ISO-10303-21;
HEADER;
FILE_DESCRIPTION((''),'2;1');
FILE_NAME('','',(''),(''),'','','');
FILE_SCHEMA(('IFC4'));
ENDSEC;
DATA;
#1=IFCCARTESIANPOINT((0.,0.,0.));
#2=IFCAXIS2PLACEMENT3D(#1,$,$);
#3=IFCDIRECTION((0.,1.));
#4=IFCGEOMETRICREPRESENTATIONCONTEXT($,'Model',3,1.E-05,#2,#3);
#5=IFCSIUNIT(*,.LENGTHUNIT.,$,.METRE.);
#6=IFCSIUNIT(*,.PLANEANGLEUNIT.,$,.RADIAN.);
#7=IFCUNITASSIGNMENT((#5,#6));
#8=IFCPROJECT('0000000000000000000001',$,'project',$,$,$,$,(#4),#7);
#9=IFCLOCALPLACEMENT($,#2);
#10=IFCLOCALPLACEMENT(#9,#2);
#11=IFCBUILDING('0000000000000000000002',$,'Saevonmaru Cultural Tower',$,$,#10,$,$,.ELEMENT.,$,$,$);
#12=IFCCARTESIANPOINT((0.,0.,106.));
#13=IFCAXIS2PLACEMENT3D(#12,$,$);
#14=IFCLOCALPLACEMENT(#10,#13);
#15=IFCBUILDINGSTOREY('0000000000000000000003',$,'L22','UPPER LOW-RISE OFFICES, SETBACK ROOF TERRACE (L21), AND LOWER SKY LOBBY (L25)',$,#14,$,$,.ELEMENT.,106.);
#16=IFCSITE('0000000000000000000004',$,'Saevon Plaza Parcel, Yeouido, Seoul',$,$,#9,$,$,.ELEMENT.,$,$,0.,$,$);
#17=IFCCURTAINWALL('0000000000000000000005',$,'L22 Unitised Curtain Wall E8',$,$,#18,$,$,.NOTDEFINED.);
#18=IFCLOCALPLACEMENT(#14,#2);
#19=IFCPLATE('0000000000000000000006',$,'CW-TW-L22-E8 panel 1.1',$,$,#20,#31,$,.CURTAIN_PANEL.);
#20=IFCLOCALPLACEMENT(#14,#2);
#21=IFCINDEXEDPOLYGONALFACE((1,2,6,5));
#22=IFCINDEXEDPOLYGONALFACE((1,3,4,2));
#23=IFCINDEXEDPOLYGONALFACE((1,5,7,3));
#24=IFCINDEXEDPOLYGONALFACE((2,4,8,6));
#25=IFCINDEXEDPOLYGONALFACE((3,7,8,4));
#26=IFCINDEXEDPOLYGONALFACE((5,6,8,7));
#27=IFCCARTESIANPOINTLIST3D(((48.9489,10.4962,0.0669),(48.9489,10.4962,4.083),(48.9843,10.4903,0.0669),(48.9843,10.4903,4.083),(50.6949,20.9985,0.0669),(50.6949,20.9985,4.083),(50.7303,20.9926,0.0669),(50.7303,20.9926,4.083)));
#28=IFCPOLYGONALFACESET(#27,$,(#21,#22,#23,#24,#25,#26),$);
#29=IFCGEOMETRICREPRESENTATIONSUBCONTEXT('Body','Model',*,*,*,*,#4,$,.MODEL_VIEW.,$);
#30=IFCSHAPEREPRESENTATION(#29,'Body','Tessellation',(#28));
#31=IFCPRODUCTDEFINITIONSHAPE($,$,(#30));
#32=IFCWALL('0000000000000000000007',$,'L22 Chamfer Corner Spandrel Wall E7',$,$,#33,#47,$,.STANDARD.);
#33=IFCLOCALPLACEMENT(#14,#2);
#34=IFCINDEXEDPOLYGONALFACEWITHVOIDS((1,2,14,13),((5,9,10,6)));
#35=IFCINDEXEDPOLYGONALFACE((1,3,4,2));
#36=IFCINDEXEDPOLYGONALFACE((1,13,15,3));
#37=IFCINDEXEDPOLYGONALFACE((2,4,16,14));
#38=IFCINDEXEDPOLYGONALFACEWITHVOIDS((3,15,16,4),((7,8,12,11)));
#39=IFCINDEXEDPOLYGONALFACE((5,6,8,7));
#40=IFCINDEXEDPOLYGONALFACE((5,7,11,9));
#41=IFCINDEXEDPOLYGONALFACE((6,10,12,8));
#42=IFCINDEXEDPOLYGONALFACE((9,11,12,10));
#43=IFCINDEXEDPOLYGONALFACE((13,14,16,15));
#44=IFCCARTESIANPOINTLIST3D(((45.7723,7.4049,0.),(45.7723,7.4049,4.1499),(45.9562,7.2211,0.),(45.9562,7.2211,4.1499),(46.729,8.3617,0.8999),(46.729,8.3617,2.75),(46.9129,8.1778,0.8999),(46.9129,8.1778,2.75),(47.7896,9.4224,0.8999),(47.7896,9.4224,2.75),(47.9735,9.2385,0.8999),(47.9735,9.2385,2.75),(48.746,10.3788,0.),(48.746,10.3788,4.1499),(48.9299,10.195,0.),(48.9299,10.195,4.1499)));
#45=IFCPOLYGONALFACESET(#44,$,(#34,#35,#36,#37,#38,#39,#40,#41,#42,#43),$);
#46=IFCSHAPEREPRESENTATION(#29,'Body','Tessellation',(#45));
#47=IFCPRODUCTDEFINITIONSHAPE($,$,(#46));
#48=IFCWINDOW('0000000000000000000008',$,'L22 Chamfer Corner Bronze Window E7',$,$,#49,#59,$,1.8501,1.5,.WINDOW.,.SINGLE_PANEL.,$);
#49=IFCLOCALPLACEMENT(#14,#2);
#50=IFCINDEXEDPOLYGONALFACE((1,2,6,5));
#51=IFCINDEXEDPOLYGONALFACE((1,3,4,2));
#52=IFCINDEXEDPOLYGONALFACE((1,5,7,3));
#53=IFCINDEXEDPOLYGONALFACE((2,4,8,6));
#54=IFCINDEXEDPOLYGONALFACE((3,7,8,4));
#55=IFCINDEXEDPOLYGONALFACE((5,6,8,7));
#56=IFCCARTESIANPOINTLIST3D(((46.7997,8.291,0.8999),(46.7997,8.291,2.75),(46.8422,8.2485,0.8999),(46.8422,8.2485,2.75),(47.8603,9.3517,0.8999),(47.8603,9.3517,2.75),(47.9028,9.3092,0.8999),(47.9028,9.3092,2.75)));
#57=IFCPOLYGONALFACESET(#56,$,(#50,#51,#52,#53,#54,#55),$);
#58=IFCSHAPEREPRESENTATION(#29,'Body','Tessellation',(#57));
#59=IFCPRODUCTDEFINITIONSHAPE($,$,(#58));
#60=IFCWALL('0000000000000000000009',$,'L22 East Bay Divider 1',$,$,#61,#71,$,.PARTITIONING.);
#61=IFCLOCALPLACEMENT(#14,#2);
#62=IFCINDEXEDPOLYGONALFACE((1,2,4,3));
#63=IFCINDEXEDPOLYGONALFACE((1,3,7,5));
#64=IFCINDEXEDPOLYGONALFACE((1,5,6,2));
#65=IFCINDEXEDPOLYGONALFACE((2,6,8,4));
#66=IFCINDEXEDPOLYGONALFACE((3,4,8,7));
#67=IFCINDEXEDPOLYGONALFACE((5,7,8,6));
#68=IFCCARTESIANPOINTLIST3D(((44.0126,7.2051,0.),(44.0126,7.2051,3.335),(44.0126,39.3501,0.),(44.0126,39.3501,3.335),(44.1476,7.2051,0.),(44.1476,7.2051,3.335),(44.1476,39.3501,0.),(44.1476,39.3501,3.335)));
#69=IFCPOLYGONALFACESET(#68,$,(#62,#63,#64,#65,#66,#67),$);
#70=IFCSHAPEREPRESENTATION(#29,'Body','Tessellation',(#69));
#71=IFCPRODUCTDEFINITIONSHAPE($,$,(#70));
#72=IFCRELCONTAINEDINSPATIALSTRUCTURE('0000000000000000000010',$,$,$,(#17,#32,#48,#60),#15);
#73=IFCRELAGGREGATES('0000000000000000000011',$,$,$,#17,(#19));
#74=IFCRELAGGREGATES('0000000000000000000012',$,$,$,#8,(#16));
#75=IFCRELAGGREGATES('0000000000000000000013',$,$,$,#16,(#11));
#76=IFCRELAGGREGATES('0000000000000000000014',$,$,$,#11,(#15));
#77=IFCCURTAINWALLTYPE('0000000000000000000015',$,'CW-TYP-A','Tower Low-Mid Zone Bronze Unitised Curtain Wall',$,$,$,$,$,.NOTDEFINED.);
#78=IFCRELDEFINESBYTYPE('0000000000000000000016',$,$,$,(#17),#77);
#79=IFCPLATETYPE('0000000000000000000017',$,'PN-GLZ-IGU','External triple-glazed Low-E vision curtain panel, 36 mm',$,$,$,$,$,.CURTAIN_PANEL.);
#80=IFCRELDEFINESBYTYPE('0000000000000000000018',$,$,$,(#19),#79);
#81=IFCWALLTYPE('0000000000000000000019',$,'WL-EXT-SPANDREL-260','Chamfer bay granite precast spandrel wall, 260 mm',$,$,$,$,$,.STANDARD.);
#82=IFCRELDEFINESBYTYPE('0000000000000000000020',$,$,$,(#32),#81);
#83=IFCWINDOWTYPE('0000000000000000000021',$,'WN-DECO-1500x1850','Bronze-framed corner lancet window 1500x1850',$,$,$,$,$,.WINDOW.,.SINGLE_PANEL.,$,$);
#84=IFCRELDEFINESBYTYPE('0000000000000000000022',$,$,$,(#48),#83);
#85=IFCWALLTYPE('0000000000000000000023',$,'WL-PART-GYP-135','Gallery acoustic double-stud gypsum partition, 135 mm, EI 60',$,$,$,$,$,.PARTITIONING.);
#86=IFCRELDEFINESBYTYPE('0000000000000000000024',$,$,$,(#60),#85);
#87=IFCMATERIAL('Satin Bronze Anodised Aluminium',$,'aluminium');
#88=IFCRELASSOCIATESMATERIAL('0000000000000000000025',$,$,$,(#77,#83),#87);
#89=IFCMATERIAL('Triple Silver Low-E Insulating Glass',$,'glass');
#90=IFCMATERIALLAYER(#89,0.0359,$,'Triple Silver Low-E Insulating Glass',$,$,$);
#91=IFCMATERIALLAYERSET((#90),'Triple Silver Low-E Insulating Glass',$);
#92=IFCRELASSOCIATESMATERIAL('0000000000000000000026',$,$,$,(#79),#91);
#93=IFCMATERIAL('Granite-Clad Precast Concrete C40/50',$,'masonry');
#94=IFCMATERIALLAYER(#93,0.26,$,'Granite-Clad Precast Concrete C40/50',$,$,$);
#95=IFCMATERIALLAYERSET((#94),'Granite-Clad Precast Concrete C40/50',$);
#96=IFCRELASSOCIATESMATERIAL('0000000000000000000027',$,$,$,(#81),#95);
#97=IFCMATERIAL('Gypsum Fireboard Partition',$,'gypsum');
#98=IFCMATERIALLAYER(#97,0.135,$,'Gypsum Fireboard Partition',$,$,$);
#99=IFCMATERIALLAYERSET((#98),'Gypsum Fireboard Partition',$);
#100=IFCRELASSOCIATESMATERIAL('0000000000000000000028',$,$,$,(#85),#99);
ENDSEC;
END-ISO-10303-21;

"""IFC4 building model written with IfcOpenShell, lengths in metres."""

from ifc_helpers import new_model, si_unit, direction, frame, frame_2d, origin, origin_2d, place, context, subcontext, project, spatial, rectangle, extrude, material, layer, layer_set, type_object, element, fill, aggregate, save


model = new_model("IFC4")

# Units and contexts
model_context = context("Model", 3, precision=1e-05, world=origin(), true_north=direction((0.0, 1.0)))
body_context = subcontext(model_context, "Body", "Model", "MODEL_VIEW")
ifc_project = project(units=[si_unit("LENGTHUNIT", "METRE"), si_unit("PLANEANGLEUNIT", "RADIAN")], contexts=[model_context])

# Site, building, storey
site_placement = place(None, origin())
site = spatial("IfcSite", under=ifc_project, at=site_placement, Name="Saevon Plaza Parcel, Yeouido, Seoul", CompositionType="ELEMENT", RefElevation=0.0)
building_placement = place(site_placement, origin())
building = spatial("IfcBuilding", under=site, at=building_placement, Name="Saevonmaru Cultural Tower", CompositionType="ELEMENT")
storey_placement = place(building_placement, frame((0.0, 0.0, 106.0)))
storey = spatial("IfcBuildingStorey", under=building, at=storey_placement, Name="L22", Description="UPPER LOW-RISE OFFICES, SETBACK ROOF TERRACE (L21), AND LOWER SKY LOBBY (L25)", CompositionType="ELEMENT", Elevation=106.0)

# Shared definitions
ifc_material_1 = material(Name="Satin Bronze Anodised Aluminium", Category="aluminium")
curtain_wall_type = type_object("IfcCurtainWallType", Name="CW-TYP-A", Description="Tower Low-Mid Zone Bronze Unitised Curtain Wall", PredefinedType="NOTDEFINED", material=ifc_material_1)

# Curtain wall
curtain_wall_1_placement = place(storey_placement, origin())
curtain_wall_1 = element("IfcCurtainWall", 1, at=curtain_wall_1_placement, inside=storey, type_object=curtain_wall_type, Name="L22 Unitised Curtain Wall E8", PredefinedType="NOTDEFINED")

# Plate
ifc_material_2 = material(Name="Triple Silver Low-E Insulating Glass", Category="glass")
ifc_layer_1 = layer(ifc_material_2, 0.0359, Name="Triple Silver Low-E Insulating Glass")
ifc_layer_set_1 = layer_set([ifc_layer_1], Name="Triple Silver Low-E Insulating Glass")
plate_type = type_object("IfcPlateType", Name="PN-GLZ-IGU", Description="External triple-glazed Low-E vision curtain panel, 36 mm", PredefinedType="CURTAIN_PANEL", material=ifc_layer_set_1)
plate_1_placement = place(storey_placement, frame((49.8396, 15.7444, 0.0669), z_axis=(0.0, 0.0, 1.0), x_axis=(0.163999, 0.986461, 0.0)))
plate_1 = element("IfcPlate", 2, at=plate_1_placement, type_object=plate_type, Name="CW-TW-L22-E8 panel 1.1", PredefinedType="CURTAIN_PANEL", context=body_context, shape_type="SweptSolid", body=[
    extrude(rectangle(XDim=10.6465, YDim=0.0359, at=origin_2d()), origin(), (0.0, 0.0, 1.0), 4.0161),
])
aggregate(curtain_wall_1, [plate_1])

# Wall, opening, window
ifc_material_3 = material(Name="Granite-Clad Precast Concrete C40/50", Category="masonry")
ifc_layer_2 = layer(ifc_material_3, 0.26, Name="Granite-Clad Precast Concrete C40/50")
ifc_layer_set_2 = layer_set([ifc_layer_2], Name="Granite-Clad Precast Concrete C40/50")
wall_type_1 = type_object("IfcWallType", Name="WL-EXT-SPANDREL-260", Description="Chamfer bay granite precast spandrel wall, 260 mm", PredefinedType="STANDARD", material=ifc_layer_set_2)
wall_1_placement = place(storey_placement, frame((45.8643, 7.313, 0.0), z_axis=(0.0, 0.0, 1.0), x_axis=(0.707078, 0.707136, 0.0)))
wall_1 = element("IfcWall", 3, at=wall_1_placement, inside=storey, type_object=wall_type_1, Name="L22 Chamfer Corner Spandrel Wall E7", PredefinedType="STANDARD", context=body_context, shape_type="SweptSolid", body=[
    extrude(rectangle(XDim=4.2056, YDim=0.26, at=frame_2d((2.1028, 0.0))), origin(), (0.0, 0.0, 1.0), 4.1499),
])
opening_placement = place(wall_1_placement, frame((1.353, 0.0, 0.8999)))
opening = element("IfcOpeningElement", 4, at=opening_placement, cuts=wall_1, PredefinedType="OPENING", context=body_context, shape_type="SweptSolid", body=[
    extrude(rectangle(XDim=1.5, YDim=1.8501, at=frame_2d((0.75, 0.925))), frame((0.0, 0.1401, 0.0), z_axis=(0.0, -1.0, 0.0), x_axis=(1.0, 0.0, 0.0)), (0.0, 0.0, 1.0), 0.28),
])
window_type = type_object("IfcWindowType", Name="WN-DECO-1500x1850", Description="Bronze-framed corner lancet window 1500x1850", PartitioningType="SINGLE_PANEL", PredefinedType="WINDOW", material=ifc_material_1)
window_placement = place(opening_placement, origin())
window = element("IfcWindow", 5, at=window_placement, inside=storey, type_object=window_type, Name="L22 Chamfer Corner Bronze Window E7", OverallHeight=1.8501, OverallWidth=1.5, PartitioningType="SINGLE_PANEL", PredefinedType="WINDOW", context=body_context, shape_type="SweptSolid", body=[
    extrude(rectangle(XDim=1.5, YDim=1.8501, at=frame_2d((0.75, 0.925))), frame((0.0, 0.03, 0.0), z_axis=(0.0, -1.0, 0.0), x_axis=(1.0, 0.0, 0.0)), (0.0, 0.0, 1.0), 0.0601),
])
fill(opening, window)

# Wall
ifc_material_4 = material(Name="Gypsum Fireboard Partition", Category="gypsum")
ifc_layer_3 = layer(ifc_material_4, 0.135, Name="Gypsum Fireboard Partition")
ifc_layer_set_3 = layer_set([ifc_layer_3], Name="Gypsum Fireboard Partition")
wall_type_2 = type_object("IfcWallType", Name="WL-PART-GYP-135", Description="Gallery acoustic double-stud gypsum partition, 135 mm, EI 60", PredefinedType="PARTITIONING", material=ifc_layer_set_3)
wall_2_placement = place(storey_placement, frame((44.0801, 7.2051, 0.0), z_axis=(0.0, 0.0, 1.0), x_axis=(0.0, 1.0, 0.0)))
element("IfcWall", 6, at=wall_2_placement, inside=storey, type_object=wall_type_2, Name="L22 East Bay Divider 1", PredefinedType="PARTITIONING", context=body_context, shape_type="SweptSolid", body=[
    extrude(rectangle(XDim=32.145, YDim=0.135, at=frame_2d((16.0725, 0.0))), origin(), (0.0, 0.0, 1.0), 3.335),
])

save(model, "model.ifc")
